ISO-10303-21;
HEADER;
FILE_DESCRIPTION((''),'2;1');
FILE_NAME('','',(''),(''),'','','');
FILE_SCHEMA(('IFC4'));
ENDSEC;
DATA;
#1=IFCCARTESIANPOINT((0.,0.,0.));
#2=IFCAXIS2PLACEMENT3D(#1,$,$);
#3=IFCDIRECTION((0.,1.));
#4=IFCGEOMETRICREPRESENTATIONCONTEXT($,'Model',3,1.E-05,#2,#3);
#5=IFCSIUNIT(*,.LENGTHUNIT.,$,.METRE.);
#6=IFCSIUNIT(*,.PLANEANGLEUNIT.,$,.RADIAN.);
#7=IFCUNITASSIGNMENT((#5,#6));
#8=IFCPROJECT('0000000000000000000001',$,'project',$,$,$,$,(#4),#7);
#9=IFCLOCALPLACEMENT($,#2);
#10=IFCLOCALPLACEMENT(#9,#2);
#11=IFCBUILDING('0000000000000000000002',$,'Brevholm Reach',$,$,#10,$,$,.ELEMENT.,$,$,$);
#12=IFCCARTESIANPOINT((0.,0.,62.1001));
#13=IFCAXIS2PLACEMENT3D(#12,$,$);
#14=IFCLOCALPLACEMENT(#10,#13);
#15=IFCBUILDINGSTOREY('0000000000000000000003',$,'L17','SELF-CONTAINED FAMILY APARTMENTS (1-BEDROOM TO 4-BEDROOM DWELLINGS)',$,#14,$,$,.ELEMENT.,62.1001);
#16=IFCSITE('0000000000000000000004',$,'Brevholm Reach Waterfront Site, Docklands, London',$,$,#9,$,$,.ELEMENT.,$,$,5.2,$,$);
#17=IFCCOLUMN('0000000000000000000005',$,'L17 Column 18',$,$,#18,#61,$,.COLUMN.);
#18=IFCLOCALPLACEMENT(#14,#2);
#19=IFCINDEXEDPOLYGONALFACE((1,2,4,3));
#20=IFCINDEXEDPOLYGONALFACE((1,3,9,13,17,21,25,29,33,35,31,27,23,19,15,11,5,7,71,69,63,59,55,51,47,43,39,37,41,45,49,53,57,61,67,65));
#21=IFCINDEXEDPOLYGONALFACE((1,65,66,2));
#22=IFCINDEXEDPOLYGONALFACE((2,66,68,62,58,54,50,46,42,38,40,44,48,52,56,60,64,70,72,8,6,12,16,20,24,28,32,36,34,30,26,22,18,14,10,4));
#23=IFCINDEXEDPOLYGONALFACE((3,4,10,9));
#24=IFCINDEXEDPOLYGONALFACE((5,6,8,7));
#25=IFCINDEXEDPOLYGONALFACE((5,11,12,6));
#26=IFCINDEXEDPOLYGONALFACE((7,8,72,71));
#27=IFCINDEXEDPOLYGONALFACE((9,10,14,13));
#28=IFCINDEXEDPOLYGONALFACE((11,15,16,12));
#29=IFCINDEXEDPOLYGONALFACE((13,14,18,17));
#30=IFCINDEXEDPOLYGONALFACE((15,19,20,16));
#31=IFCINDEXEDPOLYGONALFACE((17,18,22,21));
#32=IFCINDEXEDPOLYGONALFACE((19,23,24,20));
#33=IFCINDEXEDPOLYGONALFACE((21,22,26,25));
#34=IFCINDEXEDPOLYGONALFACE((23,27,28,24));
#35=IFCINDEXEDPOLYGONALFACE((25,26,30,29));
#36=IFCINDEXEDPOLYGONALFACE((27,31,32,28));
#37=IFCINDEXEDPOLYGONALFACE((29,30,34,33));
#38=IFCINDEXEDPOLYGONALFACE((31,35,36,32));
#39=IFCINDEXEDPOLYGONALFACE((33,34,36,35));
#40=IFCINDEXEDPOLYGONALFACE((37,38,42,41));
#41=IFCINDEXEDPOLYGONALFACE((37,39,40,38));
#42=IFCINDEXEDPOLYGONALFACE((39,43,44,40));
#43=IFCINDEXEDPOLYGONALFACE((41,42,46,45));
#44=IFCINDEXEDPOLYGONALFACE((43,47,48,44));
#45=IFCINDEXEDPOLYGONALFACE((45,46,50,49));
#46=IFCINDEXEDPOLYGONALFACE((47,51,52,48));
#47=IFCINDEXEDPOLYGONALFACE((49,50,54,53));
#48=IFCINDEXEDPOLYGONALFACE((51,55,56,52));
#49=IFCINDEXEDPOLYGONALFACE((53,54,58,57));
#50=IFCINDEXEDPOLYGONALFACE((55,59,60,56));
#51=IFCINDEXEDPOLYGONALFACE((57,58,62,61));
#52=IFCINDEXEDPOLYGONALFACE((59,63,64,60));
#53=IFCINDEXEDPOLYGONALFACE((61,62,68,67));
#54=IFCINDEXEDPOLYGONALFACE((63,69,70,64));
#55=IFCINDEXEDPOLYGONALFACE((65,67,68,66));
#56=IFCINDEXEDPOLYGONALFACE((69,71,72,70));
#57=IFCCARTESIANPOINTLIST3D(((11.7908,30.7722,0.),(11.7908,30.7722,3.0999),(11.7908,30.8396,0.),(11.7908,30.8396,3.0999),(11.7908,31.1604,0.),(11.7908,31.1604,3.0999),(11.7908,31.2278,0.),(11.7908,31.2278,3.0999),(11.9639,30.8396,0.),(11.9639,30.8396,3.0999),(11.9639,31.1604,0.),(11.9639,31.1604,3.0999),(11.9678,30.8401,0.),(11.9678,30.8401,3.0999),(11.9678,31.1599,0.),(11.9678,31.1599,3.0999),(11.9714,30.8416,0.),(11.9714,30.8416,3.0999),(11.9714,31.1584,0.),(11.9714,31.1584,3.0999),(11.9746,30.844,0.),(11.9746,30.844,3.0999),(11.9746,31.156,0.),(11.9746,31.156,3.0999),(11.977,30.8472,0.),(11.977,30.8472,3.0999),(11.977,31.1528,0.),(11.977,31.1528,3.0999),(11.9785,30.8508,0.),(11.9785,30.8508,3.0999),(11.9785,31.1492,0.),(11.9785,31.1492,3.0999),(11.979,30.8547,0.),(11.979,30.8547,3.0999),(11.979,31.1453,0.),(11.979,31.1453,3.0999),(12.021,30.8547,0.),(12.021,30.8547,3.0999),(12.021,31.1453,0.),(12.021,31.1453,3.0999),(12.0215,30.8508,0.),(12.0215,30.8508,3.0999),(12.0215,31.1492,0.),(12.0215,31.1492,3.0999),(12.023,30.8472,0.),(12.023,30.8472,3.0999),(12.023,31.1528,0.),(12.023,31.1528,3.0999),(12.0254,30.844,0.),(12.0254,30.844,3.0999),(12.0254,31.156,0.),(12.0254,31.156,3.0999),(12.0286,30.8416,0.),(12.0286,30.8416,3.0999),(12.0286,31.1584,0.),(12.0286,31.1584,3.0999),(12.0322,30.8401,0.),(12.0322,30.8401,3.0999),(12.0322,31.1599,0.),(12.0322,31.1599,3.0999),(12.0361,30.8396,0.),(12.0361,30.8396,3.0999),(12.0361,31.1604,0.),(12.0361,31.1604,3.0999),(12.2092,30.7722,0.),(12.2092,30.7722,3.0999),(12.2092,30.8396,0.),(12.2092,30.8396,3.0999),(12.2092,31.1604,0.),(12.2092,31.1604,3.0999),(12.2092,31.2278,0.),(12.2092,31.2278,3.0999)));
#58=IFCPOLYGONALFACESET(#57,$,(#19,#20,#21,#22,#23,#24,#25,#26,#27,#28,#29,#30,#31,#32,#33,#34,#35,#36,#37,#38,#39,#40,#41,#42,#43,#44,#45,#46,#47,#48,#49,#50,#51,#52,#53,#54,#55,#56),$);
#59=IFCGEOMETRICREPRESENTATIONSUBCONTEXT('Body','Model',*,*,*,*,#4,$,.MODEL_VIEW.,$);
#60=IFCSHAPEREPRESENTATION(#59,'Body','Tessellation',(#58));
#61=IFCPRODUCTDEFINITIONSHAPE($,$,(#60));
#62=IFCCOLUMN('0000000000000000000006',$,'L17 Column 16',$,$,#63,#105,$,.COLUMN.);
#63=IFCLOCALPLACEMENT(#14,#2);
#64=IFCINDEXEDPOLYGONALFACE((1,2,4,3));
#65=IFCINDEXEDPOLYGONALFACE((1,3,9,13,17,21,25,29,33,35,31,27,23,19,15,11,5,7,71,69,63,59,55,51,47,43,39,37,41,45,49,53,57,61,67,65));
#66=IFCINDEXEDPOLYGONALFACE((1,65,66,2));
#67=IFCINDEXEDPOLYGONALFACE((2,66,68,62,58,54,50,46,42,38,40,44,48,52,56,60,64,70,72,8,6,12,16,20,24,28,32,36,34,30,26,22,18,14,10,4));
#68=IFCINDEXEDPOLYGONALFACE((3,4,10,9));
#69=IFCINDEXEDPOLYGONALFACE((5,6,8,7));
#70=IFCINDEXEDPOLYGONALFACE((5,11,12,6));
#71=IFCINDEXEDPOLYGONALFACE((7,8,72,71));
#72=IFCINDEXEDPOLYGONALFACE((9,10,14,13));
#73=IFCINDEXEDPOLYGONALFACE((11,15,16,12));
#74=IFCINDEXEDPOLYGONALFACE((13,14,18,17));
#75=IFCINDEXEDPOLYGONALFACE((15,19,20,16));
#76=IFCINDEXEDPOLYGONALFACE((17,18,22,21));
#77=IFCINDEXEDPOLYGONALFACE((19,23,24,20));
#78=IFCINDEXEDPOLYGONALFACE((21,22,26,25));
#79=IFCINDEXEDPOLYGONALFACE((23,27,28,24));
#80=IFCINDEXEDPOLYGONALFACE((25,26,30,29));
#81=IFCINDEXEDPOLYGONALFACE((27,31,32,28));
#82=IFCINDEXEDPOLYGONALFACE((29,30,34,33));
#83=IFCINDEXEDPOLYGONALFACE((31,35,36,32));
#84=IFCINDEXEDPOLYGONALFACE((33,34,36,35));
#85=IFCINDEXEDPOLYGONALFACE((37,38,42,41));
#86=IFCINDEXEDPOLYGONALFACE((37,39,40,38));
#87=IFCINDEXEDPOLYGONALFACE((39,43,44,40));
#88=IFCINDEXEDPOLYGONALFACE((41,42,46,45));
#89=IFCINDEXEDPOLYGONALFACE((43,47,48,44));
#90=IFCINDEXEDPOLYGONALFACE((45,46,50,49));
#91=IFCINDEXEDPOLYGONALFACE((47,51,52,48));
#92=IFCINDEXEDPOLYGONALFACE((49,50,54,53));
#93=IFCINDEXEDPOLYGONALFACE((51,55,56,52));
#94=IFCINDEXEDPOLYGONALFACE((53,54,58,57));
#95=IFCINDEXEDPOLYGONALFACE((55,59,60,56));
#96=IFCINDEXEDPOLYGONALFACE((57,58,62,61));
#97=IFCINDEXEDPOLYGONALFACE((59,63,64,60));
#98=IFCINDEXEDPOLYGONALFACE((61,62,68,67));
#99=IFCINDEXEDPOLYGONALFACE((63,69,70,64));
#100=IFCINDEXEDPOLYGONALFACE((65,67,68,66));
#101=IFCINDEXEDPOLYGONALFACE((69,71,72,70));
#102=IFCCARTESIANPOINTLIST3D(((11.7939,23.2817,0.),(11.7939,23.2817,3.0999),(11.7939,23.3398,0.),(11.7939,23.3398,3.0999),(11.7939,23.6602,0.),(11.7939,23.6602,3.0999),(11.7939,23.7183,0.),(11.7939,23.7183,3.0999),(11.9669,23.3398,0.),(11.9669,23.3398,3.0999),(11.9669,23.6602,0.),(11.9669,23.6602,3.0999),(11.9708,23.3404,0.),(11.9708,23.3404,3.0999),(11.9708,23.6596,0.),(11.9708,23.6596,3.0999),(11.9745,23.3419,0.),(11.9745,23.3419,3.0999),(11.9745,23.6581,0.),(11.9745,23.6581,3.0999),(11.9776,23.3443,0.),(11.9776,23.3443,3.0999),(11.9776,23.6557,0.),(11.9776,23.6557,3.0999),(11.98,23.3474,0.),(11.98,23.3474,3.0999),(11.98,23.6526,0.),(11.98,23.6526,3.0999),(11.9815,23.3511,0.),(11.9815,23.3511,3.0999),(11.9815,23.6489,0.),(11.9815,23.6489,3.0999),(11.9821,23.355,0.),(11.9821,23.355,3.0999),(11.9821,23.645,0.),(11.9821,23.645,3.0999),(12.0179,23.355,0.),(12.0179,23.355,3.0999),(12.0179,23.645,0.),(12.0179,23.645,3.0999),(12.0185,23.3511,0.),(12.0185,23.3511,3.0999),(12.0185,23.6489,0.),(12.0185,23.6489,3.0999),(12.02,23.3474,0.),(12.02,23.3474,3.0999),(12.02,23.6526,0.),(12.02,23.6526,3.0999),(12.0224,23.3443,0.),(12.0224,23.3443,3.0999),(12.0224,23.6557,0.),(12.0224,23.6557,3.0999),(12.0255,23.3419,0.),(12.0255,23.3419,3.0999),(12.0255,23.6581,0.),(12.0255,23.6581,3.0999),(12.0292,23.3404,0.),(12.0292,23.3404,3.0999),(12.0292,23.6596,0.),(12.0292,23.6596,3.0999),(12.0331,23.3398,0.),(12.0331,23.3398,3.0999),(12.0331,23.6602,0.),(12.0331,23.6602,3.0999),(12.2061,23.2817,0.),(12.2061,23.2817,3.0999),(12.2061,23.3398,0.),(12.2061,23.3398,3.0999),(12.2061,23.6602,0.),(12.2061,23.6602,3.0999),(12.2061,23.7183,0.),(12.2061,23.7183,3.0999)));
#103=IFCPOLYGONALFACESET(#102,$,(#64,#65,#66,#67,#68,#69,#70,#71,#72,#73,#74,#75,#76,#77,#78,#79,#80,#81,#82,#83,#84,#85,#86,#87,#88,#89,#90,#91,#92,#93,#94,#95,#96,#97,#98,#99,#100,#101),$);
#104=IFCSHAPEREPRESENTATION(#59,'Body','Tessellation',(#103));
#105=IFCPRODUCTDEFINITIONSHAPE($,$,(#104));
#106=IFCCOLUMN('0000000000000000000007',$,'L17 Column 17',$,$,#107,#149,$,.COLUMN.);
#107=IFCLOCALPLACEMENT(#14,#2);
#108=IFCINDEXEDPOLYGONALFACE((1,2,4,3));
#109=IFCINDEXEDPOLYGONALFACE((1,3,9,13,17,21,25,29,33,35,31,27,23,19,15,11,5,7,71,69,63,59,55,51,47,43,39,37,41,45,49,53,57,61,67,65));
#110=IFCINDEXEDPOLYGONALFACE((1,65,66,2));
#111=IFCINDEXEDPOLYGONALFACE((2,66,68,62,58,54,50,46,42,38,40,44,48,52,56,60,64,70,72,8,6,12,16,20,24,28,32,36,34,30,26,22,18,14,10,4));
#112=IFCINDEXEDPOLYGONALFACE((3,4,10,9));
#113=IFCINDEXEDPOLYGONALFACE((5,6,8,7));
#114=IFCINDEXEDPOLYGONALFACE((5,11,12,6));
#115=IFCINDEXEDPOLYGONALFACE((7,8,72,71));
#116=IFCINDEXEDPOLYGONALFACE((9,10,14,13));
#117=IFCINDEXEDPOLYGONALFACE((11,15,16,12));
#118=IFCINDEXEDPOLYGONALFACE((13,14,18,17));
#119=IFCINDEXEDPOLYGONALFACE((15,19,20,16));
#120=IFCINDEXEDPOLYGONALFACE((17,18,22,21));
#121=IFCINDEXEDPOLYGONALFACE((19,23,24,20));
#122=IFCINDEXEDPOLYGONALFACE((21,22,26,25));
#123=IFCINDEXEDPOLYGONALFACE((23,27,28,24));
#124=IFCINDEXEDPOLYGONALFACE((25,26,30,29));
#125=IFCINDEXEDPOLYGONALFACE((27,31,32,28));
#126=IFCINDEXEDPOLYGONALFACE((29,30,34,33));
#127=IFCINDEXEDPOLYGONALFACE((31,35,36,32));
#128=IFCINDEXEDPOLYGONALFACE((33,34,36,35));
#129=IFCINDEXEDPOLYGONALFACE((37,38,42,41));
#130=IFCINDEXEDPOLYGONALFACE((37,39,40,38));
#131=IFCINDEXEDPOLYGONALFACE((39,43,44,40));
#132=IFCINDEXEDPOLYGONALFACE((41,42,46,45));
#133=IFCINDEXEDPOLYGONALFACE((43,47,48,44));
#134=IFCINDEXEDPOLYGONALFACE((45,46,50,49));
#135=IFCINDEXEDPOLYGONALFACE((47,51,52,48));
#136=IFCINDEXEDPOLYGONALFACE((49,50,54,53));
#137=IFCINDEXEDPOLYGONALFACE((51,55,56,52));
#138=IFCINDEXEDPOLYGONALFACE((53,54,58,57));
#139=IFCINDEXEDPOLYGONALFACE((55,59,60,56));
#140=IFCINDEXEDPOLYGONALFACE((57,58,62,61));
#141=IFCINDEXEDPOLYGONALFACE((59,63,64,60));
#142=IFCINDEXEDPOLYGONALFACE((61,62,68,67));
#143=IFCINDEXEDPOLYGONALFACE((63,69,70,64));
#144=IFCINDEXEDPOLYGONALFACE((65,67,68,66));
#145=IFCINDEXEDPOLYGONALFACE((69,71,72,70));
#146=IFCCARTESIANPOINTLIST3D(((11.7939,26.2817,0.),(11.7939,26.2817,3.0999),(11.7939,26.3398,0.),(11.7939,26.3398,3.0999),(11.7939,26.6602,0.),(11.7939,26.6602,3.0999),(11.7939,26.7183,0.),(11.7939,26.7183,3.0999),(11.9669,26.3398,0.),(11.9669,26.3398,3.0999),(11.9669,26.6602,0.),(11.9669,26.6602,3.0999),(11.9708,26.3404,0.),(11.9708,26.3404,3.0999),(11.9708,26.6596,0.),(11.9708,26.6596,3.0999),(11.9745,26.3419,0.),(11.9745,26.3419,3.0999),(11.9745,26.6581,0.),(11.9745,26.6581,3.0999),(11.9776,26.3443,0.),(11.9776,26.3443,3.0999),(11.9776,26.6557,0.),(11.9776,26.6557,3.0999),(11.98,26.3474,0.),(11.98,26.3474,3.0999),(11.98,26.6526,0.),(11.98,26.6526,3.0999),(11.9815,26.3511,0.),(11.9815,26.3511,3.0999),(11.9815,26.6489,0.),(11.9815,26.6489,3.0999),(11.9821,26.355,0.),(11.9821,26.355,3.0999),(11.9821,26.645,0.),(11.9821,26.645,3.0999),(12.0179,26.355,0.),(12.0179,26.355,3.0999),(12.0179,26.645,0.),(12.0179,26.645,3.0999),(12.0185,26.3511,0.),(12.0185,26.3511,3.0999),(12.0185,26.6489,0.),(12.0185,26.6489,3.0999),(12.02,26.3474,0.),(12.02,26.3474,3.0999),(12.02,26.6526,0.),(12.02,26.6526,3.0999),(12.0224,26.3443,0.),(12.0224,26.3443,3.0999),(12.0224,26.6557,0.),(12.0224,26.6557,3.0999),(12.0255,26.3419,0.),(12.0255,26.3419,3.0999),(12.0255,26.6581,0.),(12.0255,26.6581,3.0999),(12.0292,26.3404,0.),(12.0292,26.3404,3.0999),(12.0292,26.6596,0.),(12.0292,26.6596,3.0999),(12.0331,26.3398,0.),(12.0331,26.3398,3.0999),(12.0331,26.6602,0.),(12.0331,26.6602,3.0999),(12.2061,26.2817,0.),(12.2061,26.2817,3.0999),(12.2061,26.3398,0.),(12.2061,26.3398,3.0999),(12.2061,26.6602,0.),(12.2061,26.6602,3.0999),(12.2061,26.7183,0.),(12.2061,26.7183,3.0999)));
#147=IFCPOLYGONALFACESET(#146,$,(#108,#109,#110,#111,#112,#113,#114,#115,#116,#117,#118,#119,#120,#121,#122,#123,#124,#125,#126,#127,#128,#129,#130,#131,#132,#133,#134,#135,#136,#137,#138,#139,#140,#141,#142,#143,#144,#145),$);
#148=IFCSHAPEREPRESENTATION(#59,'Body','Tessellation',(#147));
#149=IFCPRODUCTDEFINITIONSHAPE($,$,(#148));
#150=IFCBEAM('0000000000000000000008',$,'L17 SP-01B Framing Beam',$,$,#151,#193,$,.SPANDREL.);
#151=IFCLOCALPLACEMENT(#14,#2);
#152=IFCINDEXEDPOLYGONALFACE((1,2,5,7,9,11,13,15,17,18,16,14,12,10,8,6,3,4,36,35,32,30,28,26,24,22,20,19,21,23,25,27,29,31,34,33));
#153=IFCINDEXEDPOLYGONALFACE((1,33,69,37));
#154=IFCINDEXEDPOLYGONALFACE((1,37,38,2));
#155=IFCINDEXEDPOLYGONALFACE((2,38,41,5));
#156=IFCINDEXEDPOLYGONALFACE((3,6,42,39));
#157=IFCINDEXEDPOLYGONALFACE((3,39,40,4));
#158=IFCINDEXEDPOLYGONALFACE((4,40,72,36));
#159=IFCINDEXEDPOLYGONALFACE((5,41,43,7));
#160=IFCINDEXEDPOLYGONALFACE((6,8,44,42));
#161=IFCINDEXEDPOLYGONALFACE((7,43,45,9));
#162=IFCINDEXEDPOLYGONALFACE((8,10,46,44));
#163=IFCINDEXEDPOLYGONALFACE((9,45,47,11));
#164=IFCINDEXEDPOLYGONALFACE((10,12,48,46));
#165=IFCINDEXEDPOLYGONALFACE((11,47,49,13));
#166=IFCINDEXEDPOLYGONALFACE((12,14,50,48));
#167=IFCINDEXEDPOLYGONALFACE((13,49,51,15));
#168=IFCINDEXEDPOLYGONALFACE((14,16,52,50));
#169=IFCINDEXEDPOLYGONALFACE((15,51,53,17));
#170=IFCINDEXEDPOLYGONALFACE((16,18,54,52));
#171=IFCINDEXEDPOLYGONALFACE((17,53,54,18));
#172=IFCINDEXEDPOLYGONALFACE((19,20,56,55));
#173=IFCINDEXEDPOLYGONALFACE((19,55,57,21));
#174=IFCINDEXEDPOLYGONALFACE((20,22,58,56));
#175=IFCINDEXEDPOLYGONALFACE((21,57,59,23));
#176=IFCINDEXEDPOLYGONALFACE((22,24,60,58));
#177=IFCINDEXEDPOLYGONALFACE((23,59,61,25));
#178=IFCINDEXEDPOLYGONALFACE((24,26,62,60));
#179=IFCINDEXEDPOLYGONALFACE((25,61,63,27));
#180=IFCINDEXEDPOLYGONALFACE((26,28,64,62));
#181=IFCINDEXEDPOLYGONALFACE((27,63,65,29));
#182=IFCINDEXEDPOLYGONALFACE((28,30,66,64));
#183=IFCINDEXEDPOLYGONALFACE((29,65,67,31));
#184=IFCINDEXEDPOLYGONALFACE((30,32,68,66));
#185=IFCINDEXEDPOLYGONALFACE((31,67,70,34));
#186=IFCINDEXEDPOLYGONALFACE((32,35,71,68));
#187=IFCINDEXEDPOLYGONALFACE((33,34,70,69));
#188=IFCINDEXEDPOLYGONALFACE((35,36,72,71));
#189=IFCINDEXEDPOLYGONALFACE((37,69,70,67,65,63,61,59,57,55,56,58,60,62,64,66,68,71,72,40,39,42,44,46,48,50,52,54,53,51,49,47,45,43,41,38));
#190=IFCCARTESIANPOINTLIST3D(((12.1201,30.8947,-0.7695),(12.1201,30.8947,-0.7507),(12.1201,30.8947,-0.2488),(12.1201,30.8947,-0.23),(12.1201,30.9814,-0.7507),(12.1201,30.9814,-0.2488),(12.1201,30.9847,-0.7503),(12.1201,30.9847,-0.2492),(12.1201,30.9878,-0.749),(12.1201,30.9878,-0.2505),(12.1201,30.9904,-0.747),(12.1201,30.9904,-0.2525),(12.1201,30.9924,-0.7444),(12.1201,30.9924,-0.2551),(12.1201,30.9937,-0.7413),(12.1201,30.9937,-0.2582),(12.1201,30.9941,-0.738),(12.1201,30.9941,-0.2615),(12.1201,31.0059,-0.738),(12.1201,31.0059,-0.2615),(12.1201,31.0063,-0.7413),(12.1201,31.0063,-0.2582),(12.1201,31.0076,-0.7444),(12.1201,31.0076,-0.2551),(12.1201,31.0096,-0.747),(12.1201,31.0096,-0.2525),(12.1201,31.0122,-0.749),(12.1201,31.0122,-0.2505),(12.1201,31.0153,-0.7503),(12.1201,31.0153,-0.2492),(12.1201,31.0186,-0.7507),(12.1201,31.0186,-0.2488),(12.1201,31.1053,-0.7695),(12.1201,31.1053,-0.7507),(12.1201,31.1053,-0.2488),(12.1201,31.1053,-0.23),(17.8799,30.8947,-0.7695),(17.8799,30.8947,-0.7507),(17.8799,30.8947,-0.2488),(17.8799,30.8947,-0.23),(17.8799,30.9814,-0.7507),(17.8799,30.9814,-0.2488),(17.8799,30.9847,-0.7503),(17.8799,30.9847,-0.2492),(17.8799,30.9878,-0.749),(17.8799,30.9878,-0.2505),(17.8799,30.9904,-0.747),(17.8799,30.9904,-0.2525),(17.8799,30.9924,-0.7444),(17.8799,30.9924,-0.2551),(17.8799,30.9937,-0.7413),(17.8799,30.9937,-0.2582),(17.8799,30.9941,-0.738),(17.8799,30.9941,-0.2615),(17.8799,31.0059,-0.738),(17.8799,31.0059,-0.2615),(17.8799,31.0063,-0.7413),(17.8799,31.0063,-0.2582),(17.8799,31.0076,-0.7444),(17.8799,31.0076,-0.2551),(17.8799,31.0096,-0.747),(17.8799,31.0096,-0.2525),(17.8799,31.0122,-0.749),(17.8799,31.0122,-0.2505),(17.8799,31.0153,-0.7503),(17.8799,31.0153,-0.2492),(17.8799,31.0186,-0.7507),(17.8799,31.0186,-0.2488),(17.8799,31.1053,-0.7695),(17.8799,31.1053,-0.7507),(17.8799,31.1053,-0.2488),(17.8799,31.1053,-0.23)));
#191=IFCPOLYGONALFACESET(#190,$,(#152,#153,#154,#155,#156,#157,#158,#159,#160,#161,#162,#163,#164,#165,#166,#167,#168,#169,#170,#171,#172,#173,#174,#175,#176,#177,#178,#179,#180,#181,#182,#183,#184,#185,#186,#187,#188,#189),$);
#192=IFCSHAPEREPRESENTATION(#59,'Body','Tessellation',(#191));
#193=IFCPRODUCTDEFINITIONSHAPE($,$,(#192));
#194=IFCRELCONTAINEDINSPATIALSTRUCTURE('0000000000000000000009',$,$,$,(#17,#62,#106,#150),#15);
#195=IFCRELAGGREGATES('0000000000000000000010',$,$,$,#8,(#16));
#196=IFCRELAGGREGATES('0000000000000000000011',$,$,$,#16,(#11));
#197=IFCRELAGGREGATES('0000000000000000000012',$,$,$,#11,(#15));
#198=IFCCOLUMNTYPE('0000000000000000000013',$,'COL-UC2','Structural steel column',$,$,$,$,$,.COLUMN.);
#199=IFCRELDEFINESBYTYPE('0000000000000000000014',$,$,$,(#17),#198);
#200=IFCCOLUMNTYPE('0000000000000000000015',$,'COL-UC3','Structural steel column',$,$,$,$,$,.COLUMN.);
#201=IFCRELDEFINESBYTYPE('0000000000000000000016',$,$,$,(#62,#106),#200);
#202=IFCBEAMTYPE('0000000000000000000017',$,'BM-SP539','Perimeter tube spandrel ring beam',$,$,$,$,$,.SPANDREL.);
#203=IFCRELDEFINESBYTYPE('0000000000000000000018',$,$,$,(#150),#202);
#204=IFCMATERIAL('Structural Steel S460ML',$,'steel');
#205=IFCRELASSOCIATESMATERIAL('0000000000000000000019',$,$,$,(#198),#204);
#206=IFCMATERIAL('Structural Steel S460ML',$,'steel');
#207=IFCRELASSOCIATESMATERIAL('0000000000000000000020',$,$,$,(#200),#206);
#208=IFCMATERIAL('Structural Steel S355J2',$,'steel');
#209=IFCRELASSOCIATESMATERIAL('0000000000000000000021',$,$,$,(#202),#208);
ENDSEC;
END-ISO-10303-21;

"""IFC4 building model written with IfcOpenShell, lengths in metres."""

from ifc_helpers import new_model, si_unit, direction, frame, origin, origin_2d, place, context, subcontext, project, spatial, i_section, extrude, material, material_profile, profile_set, type_object, element, save


model = new_model("IFC4")

# Units and contexts
model_context = context("Model", 3, precision=1e-05, world=origin(), true_north=direction((0.0, 1.0)))
body_context = subcontext(model_context, "Body", "Model", "MODEL_VIEW")
ifc_project = project(units=[si_unit("LENGTHUNIT", "METRE"), si_unit("PLANEANGLEUNIT", "RADIAN")], contexts=[model_context])

# Site, building, storey
site_placement = place(None, origin())
site = spatial("IfcSite", under=ifc_project, at=site_placement, Name="Brevholm Reach Waterfront Site, Docklands, London", CompositionType="ELEMENT", RefElevation=5.2)
building_placement = place(site_placement, origin())
building = spatial("IfcBuilding", under=site, at=building_placement, Name="Brevholm Reach", CompositionType="ELEMENT")
storey_placement = place(building_placement, frame((0.0, 0.0, 62.1001)))
storey = spatial("IfcBuildingStorey", under=building, at=storey_placement, Name="L17", Description="SELF-CONTAINED FAMILY APARTMENTS (1-BEDROOM TO 4-BEDROOM DWELLINGS)", CompositionType="ELEMENT", Elevation=62.1001)

# Columns
ifc_material_1 = material(Name="Structural Steel S460ML", Category="steel")
ifc_material_profile_1 = material_profile(ifc_material_1, i_section(OverallWidth=0.4185, OverallDepth=0.4556, WebThickness=0.042, FlangeThickness=0.0674, FilletRadius=0.0151, at=origin_2d()), Name="UKC 356x406x551")
ifc_profile_set_1 = profile_set([ifc_material_profile_1], Name="Structural Steel S460ML")
column_type_1 = type_object("IfcColumnType", Name="COL-UC2", Description="Structural steel column", PredefinedType="COLUMN", material=ifc_profile_set_1)
column_placement = place(storey_placement, frame((12.0, 31.0, 0.0), z_axis=(0.0, 0.0, 1.0), x_axis=(1.0, 0.0, 0.0)))
element("IfcColumn", 1, at=column_placement, inside=storey, type_object=column_type_1, Name="L17 Column 18", PredefinedType="COLUMN", context=body_context, shape_type="SweptSolid", body=[
    extrude(i_section(OverallWidth=0.4185, OverallDepth=0.4556, WebThickness=0.042, FlangeThickness=0.0674, FilletRadius=0.0151, at=origin_2d()), origin(), (0.0, 0.0, 1.0), 3.0999),
])
ifc_material_2 = material(Name="Structural Steel S460ML", Category="steel")
ifc_material_profile_2 = material_profile(ifc_material_2, i_section(OverallWidth=0.4121, OverallDepth=0.4365, WebThickness=0.0359, FlangeThickness=0.0581, FilletRadius=0.0151, at=origin_2d()), Name="UKC 356x406x467")
ifc_profile_set_2 = profile_set([ifc_material_profile_2], Name="Structural Steel S460ML")
column_type_2 = type_object("IfcColumnType", Name="COL-UC3", Description="Structural steel column", PredefinedType="COLUMN", material=ifc_profile_set_2)
for number, where, z_axis, x_axis, name in (
    (2, (12.0, 23.5, 0.0), (0.0, 0.0, 1.0), (1.0, 0.0, 0.0), "L17 Column 16"),
    (3, (12.0, 26.5, 0.0), (0.0, 0.0, 1.0), (1.0, 0.0, 0.0), "L17 Column 17"),
):
    element("IfcColumn", number, at=place(storey_placement, frame(where, z_axis=z_axis, x_axis=x_axis)), inside=storey, type_object=column_type_2, Name=name, PredefinedType="COLUMN", context=body_context, shape_type="SweptSolid", body=[
        extrude(i_section(OverallWidth=0.4121, OverallDepth=0.4365, WebThickness=0.0359, FlangeThickness=0.0581, FilletRadius=0.0151, at=origin_2d()), origin(), (0.0, 0.0, 1.0), 3.0999),
    ])

# Beam
ifc_material_3 = material(Name="Structural Steel S355J2", Category="steel")
ifc_material_profile_3 = material_profile(ifc_material_3, i_section(OverallWidth=0.2107, OverallDepth=0.5396, WebThickness=0.0117, FlangeThickness=0.0188, FilletRadius=0.0127, at=origin_2d()), Name="UKB 533x210x109")
ifc_profile_set_3 = profile_set([ifc_material_profile_3], Name="Structural Steel S355J2")
beam_type_1 = type_object("IfcBeamType", Name="BM-SP539", Description="Perimeter tube spandrel ring beam", PredefinedType="SPANDREL", material=ifc_profile_set_3)
beam_1_placement = place(storey_placement, frame((12.1201, 31.0, -0.4998), z_axis=(1.0, 0.0, 0.0), x_axis=(0.0, 1.0, 0.0)))
element("IfcBeam", 4, at=beam_1_placement, inside=storey, type_object=beam_type_1, Name="L17 SP-01B Framing Beam", PredefinedType="SPANDREL", context=body_context, shape_type="SweptSolid", body=[
    extrude(i_section(OverallWidth=0.2107, OverallDepth=0.5396, WebThickness=0.0117, FlangeThickness=0.0188, FilletRadius=0.0127, at=origin_2d()), origin(), (0.0, 0.0, 1.0), 5.7598),
])

save(model, "model.ifc")
